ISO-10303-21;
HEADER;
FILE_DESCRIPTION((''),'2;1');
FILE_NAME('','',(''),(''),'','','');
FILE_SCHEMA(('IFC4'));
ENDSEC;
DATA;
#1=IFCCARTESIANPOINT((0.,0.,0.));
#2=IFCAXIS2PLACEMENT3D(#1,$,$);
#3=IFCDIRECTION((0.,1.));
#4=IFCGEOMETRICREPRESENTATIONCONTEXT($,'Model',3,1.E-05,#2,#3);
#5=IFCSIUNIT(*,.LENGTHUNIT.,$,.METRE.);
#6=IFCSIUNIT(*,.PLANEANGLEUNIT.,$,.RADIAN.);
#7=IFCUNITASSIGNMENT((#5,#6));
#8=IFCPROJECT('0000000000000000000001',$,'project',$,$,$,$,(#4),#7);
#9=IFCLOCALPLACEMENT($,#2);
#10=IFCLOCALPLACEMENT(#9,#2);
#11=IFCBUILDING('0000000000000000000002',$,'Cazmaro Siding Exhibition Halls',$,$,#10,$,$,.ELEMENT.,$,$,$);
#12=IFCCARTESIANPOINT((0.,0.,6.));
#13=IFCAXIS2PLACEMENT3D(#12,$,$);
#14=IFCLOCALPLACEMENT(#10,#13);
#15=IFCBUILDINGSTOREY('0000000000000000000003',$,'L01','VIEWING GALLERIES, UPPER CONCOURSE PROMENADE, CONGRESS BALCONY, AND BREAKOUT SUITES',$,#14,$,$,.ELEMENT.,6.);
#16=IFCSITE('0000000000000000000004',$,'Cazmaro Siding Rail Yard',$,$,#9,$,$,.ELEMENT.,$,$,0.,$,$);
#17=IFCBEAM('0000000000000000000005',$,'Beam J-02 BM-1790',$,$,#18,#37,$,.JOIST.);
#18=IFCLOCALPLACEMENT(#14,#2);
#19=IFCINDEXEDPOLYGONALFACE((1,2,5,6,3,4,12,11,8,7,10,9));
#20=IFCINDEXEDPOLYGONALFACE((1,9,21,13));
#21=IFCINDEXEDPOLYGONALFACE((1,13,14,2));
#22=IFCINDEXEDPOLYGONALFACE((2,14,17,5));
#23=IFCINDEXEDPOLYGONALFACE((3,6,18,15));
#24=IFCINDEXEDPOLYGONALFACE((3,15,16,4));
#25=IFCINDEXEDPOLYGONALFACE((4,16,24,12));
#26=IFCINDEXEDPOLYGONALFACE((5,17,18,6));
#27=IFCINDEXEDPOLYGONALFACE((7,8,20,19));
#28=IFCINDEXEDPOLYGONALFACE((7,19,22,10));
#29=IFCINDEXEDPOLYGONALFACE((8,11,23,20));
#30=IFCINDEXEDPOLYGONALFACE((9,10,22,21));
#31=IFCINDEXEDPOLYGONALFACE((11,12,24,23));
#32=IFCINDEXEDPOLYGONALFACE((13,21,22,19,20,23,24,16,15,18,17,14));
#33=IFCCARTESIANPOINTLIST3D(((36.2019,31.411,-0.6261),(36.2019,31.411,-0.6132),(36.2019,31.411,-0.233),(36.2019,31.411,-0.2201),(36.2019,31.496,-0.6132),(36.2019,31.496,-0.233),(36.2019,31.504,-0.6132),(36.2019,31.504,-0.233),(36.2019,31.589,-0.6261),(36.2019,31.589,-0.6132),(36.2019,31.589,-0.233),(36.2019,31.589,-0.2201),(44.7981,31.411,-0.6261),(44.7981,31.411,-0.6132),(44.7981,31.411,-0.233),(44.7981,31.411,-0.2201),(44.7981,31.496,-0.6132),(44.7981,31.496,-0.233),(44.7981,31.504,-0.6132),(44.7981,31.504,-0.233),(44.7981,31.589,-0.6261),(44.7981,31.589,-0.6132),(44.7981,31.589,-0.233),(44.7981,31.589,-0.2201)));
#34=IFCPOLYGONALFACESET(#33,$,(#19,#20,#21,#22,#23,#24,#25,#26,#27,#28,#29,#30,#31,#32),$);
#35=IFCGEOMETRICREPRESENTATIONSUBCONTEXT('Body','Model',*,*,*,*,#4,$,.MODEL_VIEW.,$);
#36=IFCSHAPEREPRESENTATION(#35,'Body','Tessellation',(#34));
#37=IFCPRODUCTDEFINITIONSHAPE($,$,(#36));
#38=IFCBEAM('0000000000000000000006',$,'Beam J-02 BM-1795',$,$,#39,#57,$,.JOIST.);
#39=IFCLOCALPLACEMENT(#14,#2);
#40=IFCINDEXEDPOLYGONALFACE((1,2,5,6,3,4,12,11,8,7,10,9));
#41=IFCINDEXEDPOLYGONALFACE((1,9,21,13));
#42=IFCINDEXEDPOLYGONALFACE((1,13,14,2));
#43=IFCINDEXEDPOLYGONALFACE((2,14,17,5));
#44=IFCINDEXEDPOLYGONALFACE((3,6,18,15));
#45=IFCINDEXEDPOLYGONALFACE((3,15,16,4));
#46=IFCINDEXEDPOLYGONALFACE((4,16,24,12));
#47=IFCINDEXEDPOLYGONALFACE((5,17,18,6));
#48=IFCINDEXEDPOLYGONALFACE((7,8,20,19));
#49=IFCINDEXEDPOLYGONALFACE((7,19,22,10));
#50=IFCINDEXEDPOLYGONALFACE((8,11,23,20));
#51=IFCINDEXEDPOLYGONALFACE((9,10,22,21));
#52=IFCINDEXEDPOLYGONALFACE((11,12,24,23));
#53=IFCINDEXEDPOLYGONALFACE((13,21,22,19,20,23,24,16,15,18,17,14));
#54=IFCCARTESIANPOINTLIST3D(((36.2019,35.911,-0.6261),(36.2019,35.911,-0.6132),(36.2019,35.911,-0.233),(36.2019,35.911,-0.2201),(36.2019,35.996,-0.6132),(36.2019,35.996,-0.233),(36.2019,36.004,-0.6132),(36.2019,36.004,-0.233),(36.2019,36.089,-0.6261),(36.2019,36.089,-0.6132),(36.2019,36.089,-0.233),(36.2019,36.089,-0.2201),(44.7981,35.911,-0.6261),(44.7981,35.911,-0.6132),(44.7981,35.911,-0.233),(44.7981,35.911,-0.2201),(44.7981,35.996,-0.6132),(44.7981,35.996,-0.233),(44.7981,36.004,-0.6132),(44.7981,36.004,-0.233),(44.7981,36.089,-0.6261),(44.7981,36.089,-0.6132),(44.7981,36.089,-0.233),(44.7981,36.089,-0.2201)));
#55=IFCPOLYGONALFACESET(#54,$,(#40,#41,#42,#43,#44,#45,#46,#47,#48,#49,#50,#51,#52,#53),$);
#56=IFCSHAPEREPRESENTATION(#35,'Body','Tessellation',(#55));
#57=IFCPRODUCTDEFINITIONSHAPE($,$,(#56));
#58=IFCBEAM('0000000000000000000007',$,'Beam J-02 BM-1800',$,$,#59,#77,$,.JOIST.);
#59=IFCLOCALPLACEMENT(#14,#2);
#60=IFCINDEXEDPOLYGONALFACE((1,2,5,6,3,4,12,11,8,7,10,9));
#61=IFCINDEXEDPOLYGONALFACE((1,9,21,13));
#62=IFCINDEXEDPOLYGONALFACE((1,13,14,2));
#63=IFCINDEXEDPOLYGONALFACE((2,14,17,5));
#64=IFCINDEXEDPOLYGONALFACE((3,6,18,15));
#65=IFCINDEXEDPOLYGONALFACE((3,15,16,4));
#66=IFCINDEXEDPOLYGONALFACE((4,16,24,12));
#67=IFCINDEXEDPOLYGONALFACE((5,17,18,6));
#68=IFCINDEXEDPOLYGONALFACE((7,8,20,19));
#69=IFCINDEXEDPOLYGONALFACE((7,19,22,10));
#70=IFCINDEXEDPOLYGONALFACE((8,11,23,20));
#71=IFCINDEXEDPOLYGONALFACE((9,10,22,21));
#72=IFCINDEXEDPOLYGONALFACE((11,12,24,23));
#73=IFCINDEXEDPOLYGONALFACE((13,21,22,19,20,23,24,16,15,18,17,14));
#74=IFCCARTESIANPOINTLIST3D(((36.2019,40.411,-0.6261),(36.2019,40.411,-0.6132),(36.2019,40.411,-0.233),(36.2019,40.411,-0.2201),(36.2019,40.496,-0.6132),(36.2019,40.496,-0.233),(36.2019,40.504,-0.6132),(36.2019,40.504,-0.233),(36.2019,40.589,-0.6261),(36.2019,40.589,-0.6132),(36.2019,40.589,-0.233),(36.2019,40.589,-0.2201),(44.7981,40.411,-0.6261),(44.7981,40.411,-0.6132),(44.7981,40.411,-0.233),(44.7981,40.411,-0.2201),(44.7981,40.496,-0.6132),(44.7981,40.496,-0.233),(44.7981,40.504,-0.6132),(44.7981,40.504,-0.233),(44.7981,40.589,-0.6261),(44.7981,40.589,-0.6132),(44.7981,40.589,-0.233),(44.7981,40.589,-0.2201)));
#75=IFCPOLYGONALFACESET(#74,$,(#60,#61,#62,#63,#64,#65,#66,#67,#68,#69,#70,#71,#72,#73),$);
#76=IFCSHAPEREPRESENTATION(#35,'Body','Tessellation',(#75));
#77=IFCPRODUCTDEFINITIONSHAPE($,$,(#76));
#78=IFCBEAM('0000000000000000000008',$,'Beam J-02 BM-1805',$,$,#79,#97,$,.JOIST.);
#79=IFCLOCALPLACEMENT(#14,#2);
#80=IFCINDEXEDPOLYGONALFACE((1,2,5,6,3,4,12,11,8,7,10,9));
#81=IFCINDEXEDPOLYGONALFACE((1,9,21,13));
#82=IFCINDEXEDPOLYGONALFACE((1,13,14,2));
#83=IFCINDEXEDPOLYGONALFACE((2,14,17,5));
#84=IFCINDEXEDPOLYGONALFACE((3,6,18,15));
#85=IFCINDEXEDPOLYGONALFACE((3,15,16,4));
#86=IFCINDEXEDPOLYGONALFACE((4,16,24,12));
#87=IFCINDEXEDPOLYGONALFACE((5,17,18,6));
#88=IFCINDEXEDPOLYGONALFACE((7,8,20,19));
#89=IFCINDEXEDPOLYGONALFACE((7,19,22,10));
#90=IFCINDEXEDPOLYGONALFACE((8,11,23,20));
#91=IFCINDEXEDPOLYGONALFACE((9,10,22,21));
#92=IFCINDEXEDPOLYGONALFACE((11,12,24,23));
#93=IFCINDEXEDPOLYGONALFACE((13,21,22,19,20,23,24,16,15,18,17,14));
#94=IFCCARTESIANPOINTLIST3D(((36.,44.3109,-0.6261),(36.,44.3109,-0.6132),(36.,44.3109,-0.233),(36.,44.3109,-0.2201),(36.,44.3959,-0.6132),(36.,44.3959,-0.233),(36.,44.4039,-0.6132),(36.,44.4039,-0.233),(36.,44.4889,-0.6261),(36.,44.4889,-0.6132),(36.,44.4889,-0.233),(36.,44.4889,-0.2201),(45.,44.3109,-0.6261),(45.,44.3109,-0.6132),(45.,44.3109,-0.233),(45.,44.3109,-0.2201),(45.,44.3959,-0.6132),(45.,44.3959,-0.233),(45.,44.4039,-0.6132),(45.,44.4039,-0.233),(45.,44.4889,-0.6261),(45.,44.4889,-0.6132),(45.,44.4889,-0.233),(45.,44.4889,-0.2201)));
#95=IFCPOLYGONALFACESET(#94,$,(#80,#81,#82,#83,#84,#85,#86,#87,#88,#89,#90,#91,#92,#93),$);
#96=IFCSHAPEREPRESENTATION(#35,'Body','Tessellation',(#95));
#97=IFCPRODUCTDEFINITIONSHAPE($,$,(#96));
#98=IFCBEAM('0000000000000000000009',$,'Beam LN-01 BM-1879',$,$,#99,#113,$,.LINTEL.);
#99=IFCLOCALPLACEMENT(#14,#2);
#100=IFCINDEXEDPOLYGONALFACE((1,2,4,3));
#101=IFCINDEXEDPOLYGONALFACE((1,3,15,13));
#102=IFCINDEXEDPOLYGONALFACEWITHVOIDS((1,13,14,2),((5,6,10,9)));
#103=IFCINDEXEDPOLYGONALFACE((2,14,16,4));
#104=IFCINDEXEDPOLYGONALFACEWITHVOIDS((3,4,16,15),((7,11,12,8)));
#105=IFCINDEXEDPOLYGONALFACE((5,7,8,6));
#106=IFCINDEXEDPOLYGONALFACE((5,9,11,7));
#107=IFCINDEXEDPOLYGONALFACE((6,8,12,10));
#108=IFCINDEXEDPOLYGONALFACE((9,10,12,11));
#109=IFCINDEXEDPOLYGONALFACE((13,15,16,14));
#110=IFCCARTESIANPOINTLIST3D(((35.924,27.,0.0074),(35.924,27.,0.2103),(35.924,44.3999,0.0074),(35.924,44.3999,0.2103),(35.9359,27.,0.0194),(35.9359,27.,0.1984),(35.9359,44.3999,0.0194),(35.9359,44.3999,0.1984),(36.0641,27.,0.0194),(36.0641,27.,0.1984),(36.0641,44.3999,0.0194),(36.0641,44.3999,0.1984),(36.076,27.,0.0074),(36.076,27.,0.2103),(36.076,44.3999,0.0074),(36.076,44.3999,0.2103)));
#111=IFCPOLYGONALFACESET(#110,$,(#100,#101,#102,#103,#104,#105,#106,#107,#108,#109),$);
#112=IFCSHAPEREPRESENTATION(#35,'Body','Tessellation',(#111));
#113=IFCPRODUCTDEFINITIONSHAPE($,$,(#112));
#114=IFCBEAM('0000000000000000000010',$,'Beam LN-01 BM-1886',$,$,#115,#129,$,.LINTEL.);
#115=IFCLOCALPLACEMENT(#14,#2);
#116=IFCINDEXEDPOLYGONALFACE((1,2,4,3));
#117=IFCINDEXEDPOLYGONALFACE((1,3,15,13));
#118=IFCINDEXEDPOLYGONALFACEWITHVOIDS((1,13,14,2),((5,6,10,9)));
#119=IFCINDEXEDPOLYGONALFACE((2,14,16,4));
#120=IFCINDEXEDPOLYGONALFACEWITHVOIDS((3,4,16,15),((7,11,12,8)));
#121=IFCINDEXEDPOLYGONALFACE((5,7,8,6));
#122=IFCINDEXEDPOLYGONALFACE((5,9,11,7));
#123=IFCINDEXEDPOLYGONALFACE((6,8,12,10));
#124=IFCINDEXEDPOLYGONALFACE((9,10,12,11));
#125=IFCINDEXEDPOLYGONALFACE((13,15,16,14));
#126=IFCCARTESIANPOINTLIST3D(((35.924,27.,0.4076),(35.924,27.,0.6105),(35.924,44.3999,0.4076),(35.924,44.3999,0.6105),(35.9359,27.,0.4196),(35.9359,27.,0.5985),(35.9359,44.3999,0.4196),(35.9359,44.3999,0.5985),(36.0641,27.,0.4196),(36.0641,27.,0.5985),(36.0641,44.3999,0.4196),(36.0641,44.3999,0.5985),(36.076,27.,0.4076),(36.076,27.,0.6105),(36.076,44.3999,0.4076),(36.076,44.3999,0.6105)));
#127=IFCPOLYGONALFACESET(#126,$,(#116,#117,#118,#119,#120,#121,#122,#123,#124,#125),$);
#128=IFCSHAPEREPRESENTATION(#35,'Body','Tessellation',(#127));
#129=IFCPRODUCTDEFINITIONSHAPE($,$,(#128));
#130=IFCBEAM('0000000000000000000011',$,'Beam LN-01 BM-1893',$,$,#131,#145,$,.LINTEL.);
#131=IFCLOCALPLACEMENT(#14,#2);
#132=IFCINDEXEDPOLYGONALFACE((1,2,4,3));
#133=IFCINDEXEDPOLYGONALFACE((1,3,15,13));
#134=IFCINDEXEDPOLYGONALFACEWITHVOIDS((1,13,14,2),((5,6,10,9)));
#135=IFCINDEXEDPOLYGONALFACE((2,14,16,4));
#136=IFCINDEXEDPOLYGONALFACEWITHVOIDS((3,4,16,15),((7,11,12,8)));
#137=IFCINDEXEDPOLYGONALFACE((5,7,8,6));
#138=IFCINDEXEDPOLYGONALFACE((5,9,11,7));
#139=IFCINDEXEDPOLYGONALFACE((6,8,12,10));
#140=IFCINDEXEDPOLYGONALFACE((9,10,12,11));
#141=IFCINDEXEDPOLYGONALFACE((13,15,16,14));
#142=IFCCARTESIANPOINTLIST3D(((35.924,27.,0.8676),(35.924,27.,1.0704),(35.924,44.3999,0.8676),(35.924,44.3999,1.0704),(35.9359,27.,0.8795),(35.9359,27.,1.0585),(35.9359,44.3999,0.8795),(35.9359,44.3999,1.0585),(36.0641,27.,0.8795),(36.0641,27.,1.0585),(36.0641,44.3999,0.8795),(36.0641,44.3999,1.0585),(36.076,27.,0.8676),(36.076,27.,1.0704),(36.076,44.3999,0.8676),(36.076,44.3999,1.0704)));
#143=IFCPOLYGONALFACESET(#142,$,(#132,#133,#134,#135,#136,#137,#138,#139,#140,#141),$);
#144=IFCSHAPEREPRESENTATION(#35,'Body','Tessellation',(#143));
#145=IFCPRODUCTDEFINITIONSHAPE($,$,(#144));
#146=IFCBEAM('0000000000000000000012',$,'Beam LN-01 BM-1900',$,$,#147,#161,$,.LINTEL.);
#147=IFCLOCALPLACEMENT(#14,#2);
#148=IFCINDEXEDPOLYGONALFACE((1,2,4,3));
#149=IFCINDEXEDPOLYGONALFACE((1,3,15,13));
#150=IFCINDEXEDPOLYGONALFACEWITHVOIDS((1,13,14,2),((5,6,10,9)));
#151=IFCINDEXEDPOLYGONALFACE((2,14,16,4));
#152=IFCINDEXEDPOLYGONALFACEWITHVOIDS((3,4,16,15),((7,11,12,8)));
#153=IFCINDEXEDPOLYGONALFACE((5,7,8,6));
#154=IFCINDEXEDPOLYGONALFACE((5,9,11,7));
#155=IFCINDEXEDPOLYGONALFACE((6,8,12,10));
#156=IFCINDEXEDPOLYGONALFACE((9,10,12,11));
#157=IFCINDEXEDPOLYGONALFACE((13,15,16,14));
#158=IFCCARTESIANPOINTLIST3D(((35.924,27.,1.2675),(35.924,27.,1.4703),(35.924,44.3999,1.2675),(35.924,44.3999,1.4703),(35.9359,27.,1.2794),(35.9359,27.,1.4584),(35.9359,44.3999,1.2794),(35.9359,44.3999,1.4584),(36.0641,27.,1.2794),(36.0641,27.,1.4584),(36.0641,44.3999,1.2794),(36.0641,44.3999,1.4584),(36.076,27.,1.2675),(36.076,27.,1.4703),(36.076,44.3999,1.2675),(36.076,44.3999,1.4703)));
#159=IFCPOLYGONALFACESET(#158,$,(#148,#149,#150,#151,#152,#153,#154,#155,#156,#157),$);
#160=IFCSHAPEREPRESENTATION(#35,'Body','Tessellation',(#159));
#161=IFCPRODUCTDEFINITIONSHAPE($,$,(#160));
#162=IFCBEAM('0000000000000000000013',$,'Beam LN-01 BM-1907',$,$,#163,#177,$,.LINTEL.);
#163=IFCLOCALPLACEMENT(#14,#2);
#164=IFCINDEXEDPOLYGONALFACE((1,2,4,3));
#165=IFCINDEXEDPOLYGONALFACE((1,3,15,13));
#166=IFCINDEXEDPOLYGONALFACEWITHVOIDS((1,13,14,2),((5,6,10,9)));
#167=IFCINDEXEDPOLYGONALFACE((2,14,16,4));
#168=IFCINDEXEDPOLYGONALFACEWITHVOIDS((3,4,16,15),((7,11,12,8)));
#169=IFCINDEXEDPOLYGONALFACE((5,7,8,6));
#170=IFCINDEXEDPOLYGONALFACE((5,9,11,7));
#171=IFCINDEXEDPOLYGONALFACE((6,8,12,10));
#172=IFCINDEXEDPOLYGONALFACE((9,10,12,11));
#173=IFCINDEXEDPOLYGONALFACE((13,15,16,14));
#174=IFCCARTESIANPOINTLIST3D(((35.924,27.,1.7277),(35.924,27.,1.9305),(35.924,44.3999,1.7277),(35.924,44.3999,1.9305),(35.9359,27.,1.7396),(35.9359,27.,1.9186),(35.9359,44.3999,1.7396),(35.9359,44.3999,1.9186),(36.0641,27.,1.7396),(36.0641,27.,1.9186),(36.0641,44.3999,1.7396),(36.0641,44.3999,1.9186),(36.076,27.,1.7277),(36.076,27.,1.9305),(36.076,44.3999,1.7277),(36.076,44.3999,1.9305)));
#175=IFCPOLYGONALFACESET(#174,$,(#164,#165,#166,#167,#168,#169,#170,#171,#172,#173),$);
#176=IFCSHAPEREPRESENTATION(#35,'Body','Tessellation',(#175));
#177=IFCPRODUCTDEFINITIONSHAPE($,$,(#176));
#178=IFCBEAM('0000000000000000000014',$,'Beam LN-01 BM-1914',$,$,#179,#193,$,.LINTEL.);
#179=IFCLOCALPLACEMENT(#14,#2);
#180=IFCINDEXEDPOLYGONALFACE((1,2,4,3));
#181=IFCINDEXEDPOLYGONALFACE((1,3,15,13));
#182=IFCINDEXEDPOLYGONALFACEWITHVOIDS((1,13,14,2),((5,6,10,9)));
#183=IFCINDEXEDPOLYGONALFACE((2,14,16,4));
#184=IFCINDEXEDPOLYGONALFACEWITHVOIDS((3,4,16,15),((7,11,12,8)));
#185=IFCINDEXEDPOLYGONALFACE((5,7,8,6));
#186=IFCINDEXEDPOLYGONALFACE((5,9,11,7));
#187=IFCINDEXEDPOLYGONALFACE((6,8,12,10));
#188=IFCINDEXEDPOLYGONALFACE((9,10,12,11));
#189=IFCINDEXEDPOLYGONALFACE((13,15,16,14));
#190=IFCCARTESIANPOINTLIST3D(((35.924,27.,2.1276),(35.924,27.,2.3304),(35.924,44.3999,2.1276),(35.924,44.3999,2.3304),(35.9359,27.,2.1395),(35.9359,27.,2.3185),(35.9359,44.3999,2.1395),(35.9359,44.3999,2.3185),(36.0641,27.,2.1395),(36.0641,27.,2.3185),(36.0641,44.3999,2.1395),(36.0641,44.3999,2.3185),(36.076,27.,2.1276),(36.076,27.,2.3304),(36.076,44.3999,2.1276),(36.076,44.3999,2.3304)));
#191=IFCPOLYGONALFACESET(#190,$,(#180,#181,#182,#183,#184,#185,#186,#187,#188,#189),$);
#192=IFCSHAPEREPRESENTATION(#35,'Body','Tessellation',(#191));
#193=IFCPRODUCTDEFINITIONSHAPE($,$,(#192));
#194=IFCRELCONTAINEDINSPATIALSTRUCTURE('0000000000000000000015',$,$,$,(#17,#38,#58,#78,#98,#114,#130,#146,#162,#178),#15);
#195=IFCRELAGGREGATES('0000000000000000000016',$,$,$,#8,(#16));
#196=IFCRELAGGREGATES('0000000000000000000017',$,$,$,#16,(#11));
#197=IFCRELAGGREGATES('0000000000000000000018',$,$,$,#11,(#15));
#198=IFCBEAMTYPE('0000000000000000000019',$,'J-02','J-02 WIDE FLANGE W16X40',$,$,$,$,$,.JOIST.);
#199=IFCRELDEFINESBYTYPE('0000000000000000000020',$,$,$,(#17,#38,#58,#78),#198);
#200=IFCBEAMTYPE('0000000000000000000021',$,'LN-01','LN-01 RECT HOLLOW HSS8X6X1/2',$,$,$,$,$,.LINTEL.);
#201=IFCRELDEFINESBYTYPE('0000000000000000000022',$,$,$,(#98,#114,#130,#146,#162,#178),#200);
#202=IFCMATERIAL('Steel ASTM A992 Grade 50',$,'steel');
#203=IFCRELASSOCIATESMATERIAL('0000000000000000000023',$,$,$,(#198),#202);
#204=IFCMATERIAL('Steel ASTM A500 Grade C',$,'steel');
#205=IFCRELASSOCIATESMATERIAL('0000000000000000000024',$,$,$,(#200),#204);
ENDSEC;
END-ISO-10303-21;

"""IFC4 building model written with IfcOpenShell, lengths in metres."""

from ifc_helpers import new_model, si_unit, direction, frame, origin, origin_2d, place, context, subcontext, project, spatial, hollow_rectangle, i_section, extrude, material, material_profile, profile_set, type_object, element, save


model = new_model("IFC4")

# Units and contexts
model_context = context("Model", 3, precision=1e-05, world=origin(), true_north=direction((0.0, 1.0)))
body_context = subcontext(model_context, "Body", "Model", "MODEL_VIEW")
ifc_project = project(units=[si_unit("LENGTHUNIT", "METRE"), si_unit("PLANEANGLEUNIT", "RADIAN")], contexts=[model_context])

# Site, building, storey
site_placement = place(None, origin())
site = spatial("IfcSite", under=ifc_project, at=site_placement, Name="Cazmaro Siding Rail Yard", CompositionType="ELEMENT", RefElevation=0.0)
building_placement = place(site_placement, origin())
building = spatial("IfcBuilding", under=site, at=building_placement, Name="Cazmaro Siding Exhibition Halls", CompositionType="ELEMENT")
storey_placement = place(building_placement, frame((0.0, 0.0, 6.0)))
storey = spatial("IfcBuildingStorey", under=building, at=storey_placement, Name="L01", Description="VIEWING GALLERIES, UPPER CONCOURSE PROMENADE, CONGRESS BALCONY, AND BREAKOUT SUITES", CompositionType="ELEMENT", Elevation=6.0)

# Beams
ifc_material_1 = material(Name="Steel ASTM A992 Grade 50", Category="steel")
ifc_material_profile_1 = material_profile(ifc_material_1, i_section(OverallWidth=0.178, OverallDepth=0.406, WebThickness=0.0081, FlangeThickness=0.0129, at=origin_2d()), Name="W16X40")
ifc_profile_set_1 = profile_set([ifc_material_profile_1], Name="Steel ASTM A992 Grade 50")
beam_type_1 = type_object("IfcBeamType", Name="J-02", Description="J-02 WIDE FLANGE W16X40", PredefinedType="JOIST", material=ifc_profile_set_1)
for number, where, z_axis, x_axis, name in (
    (1, (36.2019, 31.5, -0.4231), (1.0, 0.0, 0.0), (0.0, 1.0, 0.0), "Beam J-02 BM-1790"),
    (2, (36.2019, 36.0, -0.4231), (1.0, 0.0, 0.0), (0.0, 1.0, 0.0), "Beam J-02 BM-1795"),
    (3, (36.2019, 40.5, -0.4231), (1.0, 0.0, 0.0), (0.0, 1.0, 0.0), "Beam J-02 BM-1800"),
):
    element("IfcBeam", number, at=place(storey_placement, frame(where, z_axis=z_axis, x_axis=x_axis)), inside=storey, type_object=beam_type_1, Name=name, PredefinedType="JOIST", context=body_context, shape_type="SweptSolid", body=[
        extrude(i_section(OverallWidth=0.178, OverallDepth=0.406, WebThickness=0.0081, FlangeThickness=0.0129, at=origin_2d()), origin(), (0.0, 0.0, 1.0), 8.5962),
    ])
beam_1_placement = place(storey_placement, frame((36.0, 44.3999, -0.4231), z_axis=(1.0, 0.0, 0.0), x_axis=(0.0, 1.0, 0.0)))
element("IfcBeam", 4, at=beam_1_placement, inside=storey, type_object=beam_type_1, Name="Beam J-02 BM-1805", PredefinedType="JOIST", context=body_context, shape_type="SweptSolid", body=[
    extrude(i_section(OverallWidth=0.178, OverallDepth=0.406, WebThickness=0.0081, FlangeThickness=0.0129, at=origin_2d()), origin(), (0.0, 0.0, 1.0), 9.0),
])
ifc_material_2 = material(Name="Steel ASTM A500 Grade C", Category="steel")
ifc_material_profile_2 = material_profile(ifc_material_2, hollow_rectangle(XDim=0.1521, YDim=0.2029, WallThickness=0.012, at=origin_2d()), Name="HSS8X6X1/2")
ifc_profile_set_2 = profile_set([ifc_material_profile_2], Name="Steel ASTM A500 Grade C")
beam_type_2 = type_object("IfcBeamType", Name="LN-01", Description="LN-01 RECT HOLLOW HSS8X6X1/2", PredefinedType="LINTEL", material=ifc_profile_set_2)
for number, where, z_axis, x_axis, name in (
    (5, (36.0, 27.0, 0.1089), (0.0, 1.0, 0.0), (-1.0, 0.0, 0.0), "Beam LN-01 BM-1879"),
    (6, (36.0, 27.0, 0.509), (0.0, 1.0, 0.0), (-1.0, 0.0, 0.0), "Beam LN-01 BM-1886"),
    (7, (36.0, 27.0, 0.969), (0.0, 1.0, 0.0), (-1.0, 0.0, 0.0), "Beam LN-01 BM-1893"),
    (8, (36.0, 27.0, 1.3689), (0.0, 1.0, 0.0), (-1.0, 0.0, 0.0), "Beam LN-01 BM-1900"),
    (9, (36.0, 27.0, 1.8291), (0.0, 1.0, 0.0), (-1.0, 0.0, 0.0), "Beam LN-01 BM-1907"),
    (10, (36.0, 27.0, 2.229), (0.0, 1.0, 0.0), (-1.0, 0.0, 0.0), "Beam LN-01 BM-1914"),
):
    element("IfcBeam", number, at=place(storey_placement, frame(where, z_axis=z_axis, x_axis=x_axis)), inside=storey, type_object=beam_type_2, Name=name, PredefinedType="LINTEL", context=body_context, shape_type="SweptSolid", body=[
        extrude(hollow_rectangle(XDim=0.1521, YDim=0.2029, WallThickness=0.012, at=origin_2d()), origin(), (0.0, 0.0, 1.0), 17.3999),
    ])

save(model, "model.ifc")
